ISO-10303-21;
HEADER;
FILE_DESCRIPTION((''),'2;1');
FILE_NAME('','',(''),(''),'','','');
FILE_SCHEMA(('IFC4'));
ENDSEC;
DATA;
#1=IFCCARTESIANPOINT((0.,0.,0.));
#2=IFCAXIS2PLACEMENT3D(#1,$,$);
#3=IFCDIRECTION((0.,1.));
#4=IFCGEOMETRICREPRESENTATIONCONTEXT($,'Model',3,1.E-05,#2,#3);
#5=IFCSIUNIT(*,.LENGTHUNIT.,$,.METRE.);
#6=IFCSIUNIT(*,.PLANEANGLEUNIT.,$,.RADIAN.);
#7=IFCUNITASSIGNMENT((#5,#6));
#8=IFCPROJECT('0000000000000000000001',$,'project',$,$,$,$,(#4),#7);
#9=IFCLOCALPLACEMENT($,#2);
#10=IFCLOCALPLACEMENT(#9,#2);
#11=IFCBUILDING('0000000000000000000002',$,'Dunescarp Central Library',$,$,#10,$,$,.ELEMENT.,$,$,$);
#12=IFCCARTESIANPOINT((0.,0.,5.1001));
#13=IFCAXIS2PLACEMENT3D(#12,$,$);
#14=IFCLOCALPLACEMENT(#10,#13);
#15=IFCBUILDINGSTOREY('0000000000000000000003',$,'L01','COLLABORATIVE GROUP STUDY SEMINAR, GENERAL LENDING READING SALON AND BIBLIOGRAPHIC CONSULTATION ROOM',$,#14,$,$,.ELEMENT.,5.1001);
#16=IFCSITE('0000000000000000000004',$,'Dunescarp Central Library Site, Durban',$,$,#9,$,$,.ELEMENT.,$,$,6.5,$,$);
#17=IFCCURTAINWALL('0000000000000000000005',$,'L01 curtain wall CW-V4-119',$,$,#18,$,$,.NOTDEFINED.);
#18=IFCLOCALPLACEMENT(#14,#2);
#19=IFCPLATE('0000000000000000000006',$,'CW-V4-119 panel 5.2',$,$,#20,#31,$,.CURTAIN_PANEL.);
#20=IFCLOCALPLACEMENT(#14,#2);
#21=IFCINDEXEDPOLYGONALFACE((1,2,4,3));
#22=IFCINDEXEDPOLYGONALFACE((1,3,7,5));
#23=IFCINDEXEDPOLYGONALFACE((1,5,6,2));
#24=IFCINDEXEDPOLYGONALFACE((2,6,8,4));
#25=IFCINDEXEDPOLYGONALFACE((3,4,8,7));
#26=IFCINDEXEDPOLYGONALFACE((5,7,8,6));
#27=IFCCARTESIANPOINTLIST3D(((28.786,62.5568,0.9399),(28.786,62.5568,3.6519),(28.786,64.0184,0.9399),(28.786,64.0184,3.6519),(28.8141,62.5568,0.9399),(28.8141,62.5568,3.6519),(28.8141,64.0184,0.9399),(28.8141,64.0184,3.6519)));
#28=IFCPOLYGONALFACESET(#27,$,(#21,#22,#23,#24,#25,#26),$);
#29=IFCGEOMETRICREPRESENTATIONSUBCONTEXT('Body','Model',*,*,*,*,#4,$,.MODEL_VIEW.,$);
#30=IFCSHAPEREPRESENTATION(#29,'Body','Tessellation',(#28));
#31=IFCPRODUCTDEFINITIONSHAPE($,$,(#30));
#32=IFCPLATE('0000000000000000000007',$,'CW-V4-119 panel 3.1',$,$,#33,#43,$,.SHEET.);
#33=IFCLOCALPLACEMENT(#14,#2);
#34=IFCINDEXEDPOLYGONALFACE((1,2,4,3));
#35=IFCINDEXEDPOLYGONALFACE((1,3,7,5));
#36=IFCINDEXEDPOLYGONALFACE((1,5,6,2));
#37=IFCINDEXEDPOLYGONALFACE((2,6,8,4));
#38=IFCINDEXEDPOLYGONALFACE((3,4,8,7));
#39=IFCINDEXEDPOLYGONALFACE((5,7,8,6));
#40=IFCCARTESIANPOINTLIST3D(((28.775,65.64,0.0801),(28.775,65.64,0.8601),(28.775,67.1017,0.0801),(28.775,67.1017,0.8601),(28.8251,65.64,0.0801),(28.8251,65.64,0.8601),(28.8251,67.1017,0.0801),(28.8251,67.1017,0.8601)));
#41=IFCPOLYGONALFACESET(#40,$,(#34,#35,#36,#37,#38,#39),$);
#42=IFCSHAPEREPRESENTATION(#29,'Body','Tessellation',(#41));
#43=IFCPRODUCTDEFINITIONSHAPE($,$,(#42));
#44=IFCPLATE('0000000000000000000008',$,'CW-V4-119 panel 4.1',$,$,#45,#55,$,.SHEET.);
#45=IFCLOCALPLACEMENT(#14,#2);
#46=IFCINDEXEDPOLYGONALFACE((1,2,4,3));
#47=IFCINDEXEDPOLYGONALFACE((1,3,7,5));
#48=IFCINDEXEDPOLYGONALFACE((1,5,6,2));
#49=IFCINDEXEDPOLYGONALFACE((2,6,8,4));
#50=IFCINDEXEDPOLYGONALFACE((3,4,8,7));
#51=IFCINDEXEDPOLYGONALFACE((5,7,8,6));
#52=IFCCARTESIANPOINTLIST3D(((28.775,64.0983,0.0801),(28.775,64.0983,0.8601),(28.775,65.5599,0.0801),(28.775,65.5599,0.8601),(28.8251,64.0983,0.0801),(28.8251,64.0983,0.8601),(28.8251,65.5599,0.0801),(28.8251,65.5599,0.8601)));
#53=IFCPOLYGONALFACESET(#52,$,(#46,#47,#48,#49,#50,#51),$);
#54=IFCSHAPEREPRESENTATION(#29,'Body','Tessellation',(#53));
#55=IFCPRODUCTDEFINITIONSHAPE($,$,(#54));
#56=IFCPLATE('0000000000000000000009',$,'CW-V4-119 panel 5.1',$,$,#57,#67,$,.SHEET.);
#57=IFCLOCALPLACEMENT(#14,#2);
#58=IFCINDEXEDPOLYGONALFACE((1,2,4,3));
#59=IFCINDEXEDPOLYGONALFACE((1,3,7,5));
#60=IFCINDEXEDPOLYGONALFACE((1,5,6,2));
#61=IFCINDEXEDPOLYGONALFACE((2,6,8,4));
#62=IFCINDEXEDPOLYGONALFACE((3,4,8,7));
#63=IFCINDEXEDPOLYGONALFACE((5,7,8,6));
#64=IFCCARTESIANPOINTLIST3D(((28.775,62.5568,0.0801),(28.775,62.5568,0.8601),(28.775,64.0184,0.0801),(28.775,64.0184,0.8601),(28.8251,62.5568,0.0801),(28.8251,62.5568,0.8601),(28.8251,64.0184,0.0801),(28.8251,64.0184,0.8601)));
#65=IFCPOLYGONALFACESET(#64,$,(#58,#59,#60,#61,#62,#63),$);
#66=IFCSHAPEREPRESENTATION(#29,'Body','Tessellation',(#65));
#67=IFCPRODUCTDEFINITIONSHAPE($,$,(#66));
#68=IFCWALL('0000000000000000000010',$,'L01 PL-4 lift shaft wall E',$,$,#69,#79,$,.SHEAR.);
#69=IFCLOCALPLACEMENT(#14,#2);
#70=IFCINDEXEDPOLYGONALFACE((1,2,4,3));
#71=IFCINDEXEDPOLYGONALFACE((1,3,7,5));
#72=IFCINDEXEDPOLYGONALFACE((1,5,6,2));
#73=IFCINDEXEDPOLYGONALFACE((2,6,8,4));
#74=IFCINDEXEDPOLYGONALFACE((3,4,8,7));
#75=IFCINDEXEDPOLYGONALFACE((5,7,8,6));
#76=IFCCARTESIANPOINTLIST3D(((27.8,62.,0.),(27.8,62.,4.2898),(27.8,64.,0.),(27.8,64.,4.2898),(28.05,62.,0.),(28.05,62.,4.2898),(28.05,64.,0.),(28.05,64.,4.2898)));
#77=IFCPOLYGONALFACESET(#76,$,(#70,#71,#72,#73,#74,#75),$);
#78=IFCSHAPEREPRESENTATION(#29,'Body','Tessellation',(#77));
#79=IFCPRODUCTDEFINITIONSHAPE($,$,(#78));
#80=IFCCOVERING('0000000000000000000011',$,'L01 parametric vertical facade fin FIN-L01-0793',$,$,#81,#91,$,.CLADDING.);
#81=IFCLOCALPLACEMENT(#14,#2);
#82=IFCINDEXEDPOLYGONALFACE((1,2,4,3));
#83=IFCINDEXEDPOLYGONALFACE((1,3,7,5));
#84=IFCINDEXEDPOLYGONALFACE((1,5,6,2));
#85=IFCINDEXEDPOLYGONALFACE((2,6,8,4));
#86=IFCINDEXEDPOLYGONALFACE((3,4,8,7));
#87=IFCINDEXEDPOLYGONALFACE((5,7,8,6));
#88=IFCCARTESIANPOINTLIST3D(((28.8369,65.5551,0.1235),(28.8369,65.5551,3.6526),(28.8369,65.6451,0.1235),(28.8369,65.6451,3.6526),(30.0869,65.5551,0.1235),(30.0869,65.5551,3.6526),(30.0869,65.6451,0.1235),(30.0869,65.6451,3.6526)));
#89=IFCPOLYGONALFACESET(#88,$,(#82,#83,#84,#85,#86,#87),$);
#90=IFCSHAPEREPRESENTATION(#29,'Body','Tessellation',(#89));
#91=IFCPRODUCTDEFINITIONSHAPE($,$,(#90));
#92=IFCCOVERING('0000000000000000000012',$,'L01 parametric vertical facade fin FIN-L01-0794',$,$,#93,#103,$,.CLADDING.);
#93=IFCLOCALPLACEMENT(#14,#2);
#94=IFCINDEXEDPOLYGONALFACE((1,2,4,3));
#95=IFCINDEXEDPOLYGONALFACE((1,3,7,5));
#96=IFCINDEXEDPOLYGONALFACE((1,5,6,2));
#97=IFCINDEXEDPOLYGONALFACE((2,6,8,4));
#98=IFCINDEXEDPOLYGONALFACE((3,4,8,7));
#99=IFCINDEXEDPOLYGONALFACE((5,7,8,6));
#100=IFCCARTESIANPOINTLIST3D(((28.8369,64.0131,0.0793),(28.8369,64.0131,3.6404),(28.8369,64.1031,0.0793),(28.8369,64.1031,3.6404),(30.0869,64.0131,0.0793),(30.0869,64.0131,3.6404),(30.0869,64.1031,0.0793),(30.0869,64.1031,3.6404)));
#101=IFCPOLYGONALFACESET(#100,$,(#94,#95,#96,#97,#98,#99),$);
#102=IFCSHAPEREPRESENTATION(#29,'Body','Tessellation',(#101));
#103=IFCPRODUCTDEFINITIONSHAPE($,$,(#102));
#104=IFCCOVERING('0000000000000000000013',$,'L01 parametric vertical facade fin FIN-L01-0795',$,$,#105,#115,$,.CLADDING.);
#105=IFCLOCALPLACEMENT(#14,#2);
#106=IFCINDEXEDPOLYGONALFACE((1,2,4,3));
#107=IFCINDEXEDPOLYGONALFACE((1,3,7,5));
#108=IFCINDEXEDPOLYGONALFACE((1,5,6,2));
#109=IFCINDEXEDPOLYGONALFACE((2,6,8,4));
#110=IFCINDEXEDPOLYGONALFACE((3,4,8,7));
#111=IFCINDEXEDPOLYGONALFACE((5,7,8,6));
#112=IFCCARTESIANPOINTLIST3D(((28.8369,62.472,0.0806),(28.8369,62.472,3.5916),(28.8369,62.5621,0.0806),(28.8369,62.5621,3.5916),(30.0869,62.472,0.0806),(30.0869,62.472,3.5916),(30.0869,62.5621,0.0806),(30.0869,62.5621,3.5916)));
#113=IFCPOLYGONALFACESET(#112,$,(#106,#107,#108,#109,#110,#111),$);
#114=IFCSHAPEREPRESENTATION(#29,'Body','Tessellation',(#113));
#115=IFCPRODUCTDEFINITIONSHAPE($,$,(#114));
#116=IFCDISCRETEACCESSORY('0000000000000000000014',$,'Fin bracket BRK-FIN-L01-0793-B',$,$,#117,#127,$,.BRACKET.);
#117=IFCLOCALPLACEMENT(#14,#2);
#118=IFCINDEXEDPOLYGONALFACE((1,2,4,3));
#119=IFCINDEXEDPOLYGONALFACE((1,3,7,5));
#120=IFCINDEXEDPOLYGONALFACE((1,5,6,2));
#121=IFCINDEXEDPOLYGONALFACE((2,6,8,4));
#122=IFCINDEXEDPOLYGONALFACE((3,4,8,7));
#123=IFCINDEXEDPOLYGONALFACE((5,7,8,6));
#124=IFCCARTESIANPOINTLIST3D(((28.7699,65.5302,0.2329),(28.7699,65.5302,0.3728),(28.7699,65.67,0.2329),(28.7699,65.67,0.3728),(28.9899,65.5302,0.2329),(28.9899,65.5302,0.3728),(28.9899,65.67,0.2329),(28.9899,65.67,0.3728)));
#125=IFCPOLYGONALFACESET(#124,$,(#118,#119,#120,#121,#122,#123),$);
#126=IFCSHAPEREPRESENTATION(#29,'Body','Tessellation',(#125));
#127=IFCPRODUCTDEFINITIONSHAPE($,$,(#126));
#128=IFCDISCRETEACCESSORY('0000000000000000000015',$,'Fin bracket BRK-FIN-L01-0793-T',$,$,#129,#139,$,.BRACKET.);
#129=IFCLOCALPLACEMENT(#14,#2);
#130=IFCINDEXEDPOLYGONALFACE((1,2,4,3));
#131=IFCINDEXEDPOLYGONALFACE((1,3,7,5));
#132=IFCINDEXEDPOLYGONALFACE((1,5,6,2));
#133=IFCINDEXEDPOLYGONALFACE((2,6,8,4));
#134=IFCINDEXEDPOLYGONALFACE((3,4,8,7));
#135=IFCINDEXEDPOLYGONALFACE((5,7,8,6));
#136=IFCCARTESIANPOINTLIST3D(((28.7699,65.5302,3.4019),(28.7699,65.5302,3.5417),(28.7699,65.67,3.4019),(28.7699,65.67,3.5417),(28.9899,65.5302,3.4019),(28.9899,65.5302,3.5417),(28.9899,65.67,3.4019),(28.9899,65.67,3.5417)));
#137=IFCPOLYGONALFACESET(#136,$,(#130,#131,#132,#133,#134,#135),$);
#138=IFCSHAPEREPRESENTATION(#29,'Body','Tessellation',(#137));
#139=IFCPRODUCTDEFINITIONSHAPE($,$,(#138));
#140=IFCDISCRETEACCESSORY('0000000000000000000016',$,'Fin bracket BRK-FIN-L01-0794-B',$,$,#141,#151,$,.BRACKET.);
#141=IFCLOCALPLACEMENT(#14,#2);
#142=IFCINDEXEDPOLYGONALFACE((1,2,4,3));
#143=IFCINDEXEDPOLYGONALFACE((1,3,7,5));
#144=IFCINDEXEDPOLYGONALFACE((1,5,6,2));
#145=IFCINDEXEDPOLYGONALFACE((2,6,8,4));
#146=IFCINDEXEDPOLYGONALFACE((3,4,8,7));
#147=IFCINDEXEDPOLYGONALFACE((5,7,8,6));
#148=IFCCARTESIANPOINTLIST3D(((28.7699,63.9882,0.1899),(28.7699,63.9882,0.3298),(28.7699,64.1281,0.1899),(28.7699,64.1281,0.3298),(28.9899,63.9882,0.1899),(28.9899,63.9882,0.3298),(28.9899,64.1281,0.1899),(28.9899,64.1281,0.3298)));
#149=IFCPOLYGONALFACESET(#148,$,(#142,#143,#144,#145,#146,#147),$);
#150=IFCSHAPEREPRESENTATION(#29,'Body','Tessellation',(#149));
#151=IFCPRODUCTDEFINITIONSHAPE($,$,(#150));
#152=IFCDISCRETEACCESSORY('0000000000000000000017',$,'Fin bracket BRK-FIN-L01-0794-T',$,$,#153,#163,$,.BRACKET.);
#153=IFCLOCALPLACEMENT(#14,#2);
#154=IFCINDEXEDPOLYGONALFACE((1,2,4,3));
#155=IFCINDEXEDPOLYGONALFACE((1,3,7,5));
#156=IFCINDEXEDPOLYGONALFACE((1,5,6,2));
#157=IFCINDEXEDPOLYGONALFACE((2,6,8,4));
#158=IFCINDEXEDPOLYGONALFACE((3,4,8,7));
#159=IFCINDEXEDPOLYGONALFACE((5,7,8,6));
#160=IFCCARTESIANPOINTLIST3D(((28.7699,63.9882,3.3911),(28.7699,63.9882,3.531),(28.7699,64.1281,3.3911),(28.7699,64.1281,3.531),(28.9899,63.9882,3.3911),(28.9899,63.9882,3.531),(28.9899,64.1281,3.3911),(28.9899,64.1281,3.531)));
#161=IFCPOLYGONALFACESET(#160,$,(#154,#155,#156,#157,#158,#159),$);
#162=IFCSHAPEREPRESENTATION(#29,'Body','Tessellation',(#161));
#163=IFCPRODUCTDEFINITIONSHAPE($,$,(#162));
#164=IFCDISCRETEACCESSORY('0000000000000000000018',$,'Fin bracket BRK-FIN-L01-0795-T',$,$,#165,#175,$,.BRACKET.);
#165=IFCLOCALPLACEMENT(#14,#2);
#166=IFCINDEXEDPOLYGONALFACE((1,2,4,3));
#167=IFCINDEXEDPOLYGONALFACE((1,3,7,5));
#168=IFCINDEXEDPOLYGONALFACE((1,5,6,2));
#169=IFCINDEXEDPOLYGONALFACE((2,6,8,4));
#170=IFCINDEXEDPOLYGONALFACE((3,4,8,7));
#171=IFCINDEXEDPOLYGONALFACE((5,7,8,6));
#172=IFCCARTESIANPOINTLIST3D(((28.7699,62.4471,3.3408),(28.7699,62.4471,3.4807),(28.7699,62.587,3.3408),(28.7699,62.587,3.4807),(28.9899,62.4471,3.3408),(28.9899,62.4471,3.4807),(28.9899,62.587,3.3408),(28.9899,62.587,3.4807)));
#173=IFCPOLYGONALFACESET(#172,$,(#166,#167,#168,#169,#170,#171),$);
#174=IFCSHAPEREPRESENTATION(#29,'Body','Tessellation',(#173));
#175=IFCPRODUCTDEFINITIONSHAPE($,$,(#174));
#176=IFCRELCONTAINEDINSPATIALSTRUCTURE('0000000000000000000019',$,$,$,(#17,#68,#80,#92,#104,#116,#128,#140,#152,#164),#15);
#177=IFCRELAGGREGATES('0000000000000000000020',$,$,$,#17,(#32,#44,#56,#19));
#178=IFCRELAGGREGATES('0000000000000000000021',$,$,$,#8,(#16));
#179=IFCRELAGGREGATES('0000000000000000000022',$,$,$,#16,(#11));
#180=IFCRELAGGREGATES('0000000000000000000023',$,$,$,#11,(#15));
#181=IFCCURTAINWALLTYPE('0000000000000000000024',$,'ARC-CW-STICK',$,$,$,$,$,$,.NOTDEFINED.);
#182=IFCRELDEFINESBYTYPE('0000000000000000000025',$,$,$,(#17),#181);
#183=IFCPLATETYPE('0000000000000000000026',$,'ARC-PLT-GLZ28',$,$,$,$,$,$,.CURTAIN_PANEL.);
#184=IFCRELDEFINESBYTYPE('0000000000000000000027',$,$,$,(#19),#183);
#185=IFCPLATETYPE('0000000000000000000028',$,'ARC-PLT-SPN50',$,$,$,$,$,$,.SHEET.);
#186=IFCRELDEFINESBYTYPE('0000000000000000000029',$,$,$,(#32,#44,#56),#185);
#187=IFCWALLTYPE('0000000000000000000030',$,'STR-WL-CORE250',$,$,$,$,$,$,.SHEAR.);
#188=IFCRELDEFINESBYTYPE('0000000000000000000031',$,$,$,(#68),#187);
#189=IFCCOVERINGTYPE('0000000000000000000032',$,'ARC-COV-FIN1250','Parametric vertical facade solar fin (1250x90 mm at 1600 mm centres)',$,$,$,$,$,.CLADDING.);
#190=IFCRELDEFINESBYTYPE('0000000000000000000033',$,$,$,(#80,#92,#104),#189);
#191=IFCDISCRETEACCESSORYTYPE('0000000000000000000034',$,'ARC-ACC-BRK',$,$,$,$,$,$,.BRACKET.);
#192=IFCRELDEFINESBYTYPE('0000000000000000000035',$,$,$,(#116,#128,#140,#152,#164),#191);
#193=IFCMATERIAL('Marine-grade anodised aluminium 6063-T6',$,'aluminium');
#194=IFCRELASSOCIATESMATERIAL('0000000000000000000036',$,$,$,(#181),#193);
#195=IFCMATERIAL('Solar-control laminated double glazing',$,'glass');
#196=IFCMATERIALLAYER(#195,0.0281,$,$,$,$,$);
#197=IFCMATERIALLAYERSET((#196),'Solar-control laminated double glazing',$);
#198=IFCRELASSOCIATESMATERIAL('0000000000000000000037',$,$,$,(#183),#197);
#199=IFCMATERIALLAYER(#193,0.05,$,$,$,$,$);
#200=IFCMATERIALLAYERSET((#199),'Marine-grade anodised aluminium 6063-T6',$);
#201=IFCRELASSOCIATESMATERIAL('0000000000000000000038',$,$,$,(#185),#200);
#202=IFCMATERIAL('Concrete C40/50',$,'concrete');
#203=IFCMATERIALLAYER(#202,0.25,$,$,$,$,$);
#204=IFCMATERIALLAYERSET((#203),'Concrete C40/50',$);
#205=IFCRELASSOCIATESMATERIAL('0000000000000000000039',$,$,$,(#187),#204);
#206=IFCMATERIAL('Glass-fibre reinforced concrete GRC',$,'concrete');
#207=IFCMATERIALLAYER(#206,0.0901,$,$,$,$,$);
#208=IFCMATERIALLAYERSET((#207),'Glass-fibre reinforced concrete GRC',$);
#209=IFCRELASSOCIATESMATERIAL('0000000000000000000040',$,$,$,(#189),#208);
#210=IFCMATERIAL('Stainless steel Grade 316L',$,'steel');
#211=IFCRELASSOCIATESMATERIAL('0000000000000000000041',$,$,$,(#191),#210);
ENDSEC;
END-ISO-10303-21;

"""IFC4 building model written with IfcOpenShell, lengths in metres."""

from ifc_helpers import new_model, si_unit, direction, frame, frame_2d, origin, origin_2d, place, context, subcontext, project, spatial, rectangle, extrude, material, layer, layer_set, type_object, element, aggregate, save


model = new_model("IFC4")

# Units and contexts
model_context = context("Model", 3, precision=1e-05, world=origin(), true_north=direction((0.0, 1.0)))
body_context = subcontext(model_context, "Body", "Model", "MODEL_VIEW")
ifc_project = project(units=[si_unit("LENGTHUNIT", "METRE"), si_unit("PLANEANGLEUNIT", "RADIAN")], contexts=[model_context])

# Site, building, storey
site_placement = place(None, origin())
site = spatial("IfcSite", under=ifc_project, at=site_placement, Name="Dunescarp Central Library Site, Durban", CompositionType="ELEMENT", RefElevation=6.5)
building_placement = place(site_placement, origin())
building = spatial("IfcBuilding", under=site, at=building_placement, Name="Dunescarp Central Library", CompositionType="ELEMENT")
storey_placement = place(building_placement, frame((0.0, 0.0, 5.1001)))
storey = spatial("IfcBuildingStorey", under=building, at=storey_placement, Name="L01", Description="COLLABORATIVE GROUP STUDY SEMINAR, GENERAL LENDING READING SALON AND BIBLIOGRAPHIC CONSULTATION ROOM", CompositionType="ELEMENT", Elevation=5.1001)

# Curtain wall, plates
ifc_material_1 = material(Name="Marine-grade anodised aluminium 6063-T6", Category="aluminium")
curtain_wall_type = type_object("IfcCurtainWallType", Name="ARC-CW-STICK", PredefinedType="NOTDEFINED", material=ifc_material_1)
curtain_wall_placement = place(storey_placement, origin())
curtain_wall = element("IfcCurtainWall", 1, at=curtain_wall_placement, inside=storey, type_object=curtain_wall_type, Name="L01 curtain wall CW-V4-119", PredefinedType="NOTDEFINED")
ifc_material_2 = material(Name="Solar-control laminated double glazing", Category="glass")
ifc_layer_1 = layer(ifc_material_2, 0.0281)
ifc_layer_set_1 = layer_set([ifc_layer_1], Name="Solar-control laminated double glazing")
plate_type_1 = type_object("IfcPlateType", Name="ARC-PLT-GLZ28", PredefinedType="CURTAIN_PANEL", material=ifc_layer_set_1)
plate_1_placement = place(storey_placement, frame((28.8, 63.2876, 0.9399), z_axis=(0.0, 0.0, 1.0), x_axis=(0.0, -1.0, 0.0)))
plate_1 = element("IfcPlate", 2, at=plate_1_placement, type_object=plate_type_1, Name="CW-V4-119 panel 5.2", PredefinedType="CURTAIN_PANEL", context=body_context, shape_type="SweptSolid", body=[
    extrude(rectangle(XDim=1.4617, YDim=0.0281, at=origin_2d()), origin(), (0.0, 0.0, 1.0), 2.7119),
])
ifc_layer_2 = layer(ifc_material_1, 0.05)
ifc_layer_set_2 = layer_set([ifc_layer_2], Name="Marine-grade anodised aluminium 6063-T6")
plate_type_2 = type_object("IfcPlateType", Name="ARC-PLT-SPN50", PredefinedType="SHEET", material=ifc_layer_set_2)
plate_2_placement = place(storey_placement, frame((28.8, 66.3708, 0.0801), z_axis=(0.0, 0.0, 1.0), x_axis=(0.0, -1.0, 0.0)))
plate_2 = element("IfcPlate", 3, at=plate_2_placement, type_object=plate_type_2, Name="CW-V4-119 panel 3.1", PredefinedType="SHEET", context=body_context, shape_type="SweptSolid", body=[
    extrude(rectangle(XDim=1.4617, YDim=0.05, at=origin_2d()), origin(), (0.0, 0.0, 1.0), 0.78),
])
plate_3_placement = place(storey_placement, frame((28.8, 64.8291, 0.0801), z_axis=(0.0, 0.0, 1.0), x_axis=(0.0, -1.0, 0.0)))
plate_3 = element("IfcPlate", 4, at=plate_3_placement, type_object=plate_type_2, Name="CW-V4-119 panel 4.1", PredefinedType="SHEET", context=body_context, shape_type="SweptSolid", body=[
    extrude(rectangle(XDim=1.4617, YDim=0.05, at=origin_2d()), origin(), (0.0, 0.0, 1.0), 0.78),
])
plate_4_placement = place(storey_placement, frame((28.8, 63.2876, 0.0801), z_axis=(0.0, 0.0, 1.0), x_axis=(0.0, -1.0, 0.0)))
plate_4 = element("IfcPlate", 5, at=plate_4_placement, type_object=plate_type_2, Name="CW-V4-119 panel 5.1", PredefinedType="SHEET", context=body_context, shape_type="SweptSolid", body=[
    extrude(rectangle(XDim=1.4617, YDim=0.05, at=origin_2d()), origin(), (0.0, 0.0, 1.0), 0.78),
])
aggregate(curtain_wall, [plate_2, plate_3, plate_4, plate_1])

# Wall
ifc_material_3 = material(Name="Concrete C40/50", Category="concrete")
ifc_layer_3 = layer(ifc_material_3, 0.25)
ifc_layer_set_3 = layer_set([ifc_layer_3], Name="Concrete C40/50")
wall_type = type_object("IfcWallType", Name="STR-WL-CORE250", PredefinedType="SHEAR", material=ifc_layer_set_3)
wall_placement = place(storey_placement, frame((27.925, 64.0, 0.0), z_axis=(0.0, 0.0, 1.0), x_axis=(0.0, -1.0, 0.0)))
element("IfcWall", 6, at=wall_placement, inside=storey, type_object=wall_type, Name="L01 PL-4 lift shaft wall E", PredefinedType="SHEAR", context=body_context, shape_type="SweptSolid", body=[
    extrude(rectangle(XDim=2.0, YDim=0.25, at=frame_2d((1.0, 0.0))), origin(), (0.0, 0.0, 1.0), 4.2898),
])

# Coverings
ifc_material_4 = material(Name="Glass-fibre reinforced concrete GRC", Category="concrete")
ifc_layer_4 = layer(ifc_material_4, 0.0901)
ifc_layer_set_4 = layer_set([ifc_layer_4], Name="Glass-fibre reinforced concrete GRC")
covering_type = type_object("IfcCoveringType", Name="ARC-COV-FIN1250", Description="Parametric vertical facade solar fin (1250x90 mm at 1600 mm centres)", PredefinedType="CLADDING", material=ifc_layer_set_4)
covering_1_placement = place(storey_placement, frame((29.4619, 65.6001, 0.1235), z_axis=(0.0, 0.0, 1.0), x_axis=(1.0, 0.0, 0.0)))
element("IfcCovering", 7, at=covering_1_placement, inside=storey, type_object=covering_type, Name="L01 parametric vertical facade fin FIN-L01-0793", PredefinedType="CLADDING", context=body_context, shape_type="SweptSolid", body=[
    extrude(rectangle(XDim=1.25, YDim=0.0901, at=origin_2d()), origin(), (0.0, 0.0, 1.0), 3.5291),
])
covering_2_placement = place(storey_placement, frame((29.4619, 64.0581, 0.0793), z_axis=(0.0, 0.0, 1.0), x_axis=(1.0, 0.0, 0.0)))
element("IfcCovering", 8, at=covering_2_placement, inside=storey, type_object=covering_type, Name="L01 parametric vertical facade fin FIN-L01-0794", PredefinedType="CLADDING", context=body_context, shape_type="SweptSolid", body=[
    extrude(rectangle(XDim=1.25, YDim=0.0901, at=origin_2d()), origin(), (0.0, 0.0, 1.0), 3.561),
])
covering_3_placement = place(storey_placement, frame((29.4619, 62.5171, 0.0806), z_axis=(0.0, 0.0, 1.0), x_axis=(1.0, 0.0, 0.0)))
element("IfcCovering", 9, at=covering_3_placement, inside=storey, type_object=covering_type, Name="L01 parametric vertical facade fin FIN-L01-0795", PredefinedType="CLADDING", context=body_context, shape_type="SweptSolid", body=[
    extrude(rectangle(XDim=1.25, YDim=0.0901, at=origin_2d()), origin(), (0.0, 0.0, 1.0), 3.511),
])

# Discrete accessories
ifc_material_5 = material(Name="Stainless steel Grade 316L", Category="steel")
discrete_accessory_type = type_object("IfcDiscreteAccessoryType", Name="ARC-ACC-BRK", PredefinedType="BRACKET", material=ifc_material_5)
for number, where, z_axis, x_axis, name in (
    (10, (28.8799, 65.6001, 0.2329), (0.0, 0.0, 1.0), (1.0, 0.0, 0.0), "Fin bracket BRK-FIN-L01-0793-B"),
    (11, (28.8799, 65.6001, 3.4019), (0.0, 0.0, 1.0), (1.0, 0.0, 0.0), "Fin bracket BRK-FIN-L01-0793-T"),
    (12, (28.8799, 64.0581, 0.1899), (0.0, 0.0, 1.0), (1.0, 0.0, 0.0), "Fin bracket BRK-FIN-L01-0794-B"),
    (13, (28.8799, 64.0581, 3.3911), (0.0, 0.0, 1.0), (1.0, 0.0, 0.0), "Fin bracket BRK-FIN-L01-0794-T"),
    (14, (28.8799, 62.5171, 3.3408), (0.0, 0.0, 1.0), (1.0, 0.0, 0.0), "Fin bracket BRK-FIN-L01-0795-T"),
):
    element("IfcDiscreteAccessory", number, at=place(storey_placement, frame(where, z_axis=z_axis, x_axis=x_axis)), inside=storey, type_object=discrete_accessory_type, Name=name, PredefinedType="BRACKET", context=body_context, shape_type="SweptSolid", body=[
        extrude(rectangle(XDim=0.22, YDim=0.1399, at=origin_2d()), origin(), (0.0, 0.0, 1.0), 0.1399),
    ])

save(model, "model.ifc")
